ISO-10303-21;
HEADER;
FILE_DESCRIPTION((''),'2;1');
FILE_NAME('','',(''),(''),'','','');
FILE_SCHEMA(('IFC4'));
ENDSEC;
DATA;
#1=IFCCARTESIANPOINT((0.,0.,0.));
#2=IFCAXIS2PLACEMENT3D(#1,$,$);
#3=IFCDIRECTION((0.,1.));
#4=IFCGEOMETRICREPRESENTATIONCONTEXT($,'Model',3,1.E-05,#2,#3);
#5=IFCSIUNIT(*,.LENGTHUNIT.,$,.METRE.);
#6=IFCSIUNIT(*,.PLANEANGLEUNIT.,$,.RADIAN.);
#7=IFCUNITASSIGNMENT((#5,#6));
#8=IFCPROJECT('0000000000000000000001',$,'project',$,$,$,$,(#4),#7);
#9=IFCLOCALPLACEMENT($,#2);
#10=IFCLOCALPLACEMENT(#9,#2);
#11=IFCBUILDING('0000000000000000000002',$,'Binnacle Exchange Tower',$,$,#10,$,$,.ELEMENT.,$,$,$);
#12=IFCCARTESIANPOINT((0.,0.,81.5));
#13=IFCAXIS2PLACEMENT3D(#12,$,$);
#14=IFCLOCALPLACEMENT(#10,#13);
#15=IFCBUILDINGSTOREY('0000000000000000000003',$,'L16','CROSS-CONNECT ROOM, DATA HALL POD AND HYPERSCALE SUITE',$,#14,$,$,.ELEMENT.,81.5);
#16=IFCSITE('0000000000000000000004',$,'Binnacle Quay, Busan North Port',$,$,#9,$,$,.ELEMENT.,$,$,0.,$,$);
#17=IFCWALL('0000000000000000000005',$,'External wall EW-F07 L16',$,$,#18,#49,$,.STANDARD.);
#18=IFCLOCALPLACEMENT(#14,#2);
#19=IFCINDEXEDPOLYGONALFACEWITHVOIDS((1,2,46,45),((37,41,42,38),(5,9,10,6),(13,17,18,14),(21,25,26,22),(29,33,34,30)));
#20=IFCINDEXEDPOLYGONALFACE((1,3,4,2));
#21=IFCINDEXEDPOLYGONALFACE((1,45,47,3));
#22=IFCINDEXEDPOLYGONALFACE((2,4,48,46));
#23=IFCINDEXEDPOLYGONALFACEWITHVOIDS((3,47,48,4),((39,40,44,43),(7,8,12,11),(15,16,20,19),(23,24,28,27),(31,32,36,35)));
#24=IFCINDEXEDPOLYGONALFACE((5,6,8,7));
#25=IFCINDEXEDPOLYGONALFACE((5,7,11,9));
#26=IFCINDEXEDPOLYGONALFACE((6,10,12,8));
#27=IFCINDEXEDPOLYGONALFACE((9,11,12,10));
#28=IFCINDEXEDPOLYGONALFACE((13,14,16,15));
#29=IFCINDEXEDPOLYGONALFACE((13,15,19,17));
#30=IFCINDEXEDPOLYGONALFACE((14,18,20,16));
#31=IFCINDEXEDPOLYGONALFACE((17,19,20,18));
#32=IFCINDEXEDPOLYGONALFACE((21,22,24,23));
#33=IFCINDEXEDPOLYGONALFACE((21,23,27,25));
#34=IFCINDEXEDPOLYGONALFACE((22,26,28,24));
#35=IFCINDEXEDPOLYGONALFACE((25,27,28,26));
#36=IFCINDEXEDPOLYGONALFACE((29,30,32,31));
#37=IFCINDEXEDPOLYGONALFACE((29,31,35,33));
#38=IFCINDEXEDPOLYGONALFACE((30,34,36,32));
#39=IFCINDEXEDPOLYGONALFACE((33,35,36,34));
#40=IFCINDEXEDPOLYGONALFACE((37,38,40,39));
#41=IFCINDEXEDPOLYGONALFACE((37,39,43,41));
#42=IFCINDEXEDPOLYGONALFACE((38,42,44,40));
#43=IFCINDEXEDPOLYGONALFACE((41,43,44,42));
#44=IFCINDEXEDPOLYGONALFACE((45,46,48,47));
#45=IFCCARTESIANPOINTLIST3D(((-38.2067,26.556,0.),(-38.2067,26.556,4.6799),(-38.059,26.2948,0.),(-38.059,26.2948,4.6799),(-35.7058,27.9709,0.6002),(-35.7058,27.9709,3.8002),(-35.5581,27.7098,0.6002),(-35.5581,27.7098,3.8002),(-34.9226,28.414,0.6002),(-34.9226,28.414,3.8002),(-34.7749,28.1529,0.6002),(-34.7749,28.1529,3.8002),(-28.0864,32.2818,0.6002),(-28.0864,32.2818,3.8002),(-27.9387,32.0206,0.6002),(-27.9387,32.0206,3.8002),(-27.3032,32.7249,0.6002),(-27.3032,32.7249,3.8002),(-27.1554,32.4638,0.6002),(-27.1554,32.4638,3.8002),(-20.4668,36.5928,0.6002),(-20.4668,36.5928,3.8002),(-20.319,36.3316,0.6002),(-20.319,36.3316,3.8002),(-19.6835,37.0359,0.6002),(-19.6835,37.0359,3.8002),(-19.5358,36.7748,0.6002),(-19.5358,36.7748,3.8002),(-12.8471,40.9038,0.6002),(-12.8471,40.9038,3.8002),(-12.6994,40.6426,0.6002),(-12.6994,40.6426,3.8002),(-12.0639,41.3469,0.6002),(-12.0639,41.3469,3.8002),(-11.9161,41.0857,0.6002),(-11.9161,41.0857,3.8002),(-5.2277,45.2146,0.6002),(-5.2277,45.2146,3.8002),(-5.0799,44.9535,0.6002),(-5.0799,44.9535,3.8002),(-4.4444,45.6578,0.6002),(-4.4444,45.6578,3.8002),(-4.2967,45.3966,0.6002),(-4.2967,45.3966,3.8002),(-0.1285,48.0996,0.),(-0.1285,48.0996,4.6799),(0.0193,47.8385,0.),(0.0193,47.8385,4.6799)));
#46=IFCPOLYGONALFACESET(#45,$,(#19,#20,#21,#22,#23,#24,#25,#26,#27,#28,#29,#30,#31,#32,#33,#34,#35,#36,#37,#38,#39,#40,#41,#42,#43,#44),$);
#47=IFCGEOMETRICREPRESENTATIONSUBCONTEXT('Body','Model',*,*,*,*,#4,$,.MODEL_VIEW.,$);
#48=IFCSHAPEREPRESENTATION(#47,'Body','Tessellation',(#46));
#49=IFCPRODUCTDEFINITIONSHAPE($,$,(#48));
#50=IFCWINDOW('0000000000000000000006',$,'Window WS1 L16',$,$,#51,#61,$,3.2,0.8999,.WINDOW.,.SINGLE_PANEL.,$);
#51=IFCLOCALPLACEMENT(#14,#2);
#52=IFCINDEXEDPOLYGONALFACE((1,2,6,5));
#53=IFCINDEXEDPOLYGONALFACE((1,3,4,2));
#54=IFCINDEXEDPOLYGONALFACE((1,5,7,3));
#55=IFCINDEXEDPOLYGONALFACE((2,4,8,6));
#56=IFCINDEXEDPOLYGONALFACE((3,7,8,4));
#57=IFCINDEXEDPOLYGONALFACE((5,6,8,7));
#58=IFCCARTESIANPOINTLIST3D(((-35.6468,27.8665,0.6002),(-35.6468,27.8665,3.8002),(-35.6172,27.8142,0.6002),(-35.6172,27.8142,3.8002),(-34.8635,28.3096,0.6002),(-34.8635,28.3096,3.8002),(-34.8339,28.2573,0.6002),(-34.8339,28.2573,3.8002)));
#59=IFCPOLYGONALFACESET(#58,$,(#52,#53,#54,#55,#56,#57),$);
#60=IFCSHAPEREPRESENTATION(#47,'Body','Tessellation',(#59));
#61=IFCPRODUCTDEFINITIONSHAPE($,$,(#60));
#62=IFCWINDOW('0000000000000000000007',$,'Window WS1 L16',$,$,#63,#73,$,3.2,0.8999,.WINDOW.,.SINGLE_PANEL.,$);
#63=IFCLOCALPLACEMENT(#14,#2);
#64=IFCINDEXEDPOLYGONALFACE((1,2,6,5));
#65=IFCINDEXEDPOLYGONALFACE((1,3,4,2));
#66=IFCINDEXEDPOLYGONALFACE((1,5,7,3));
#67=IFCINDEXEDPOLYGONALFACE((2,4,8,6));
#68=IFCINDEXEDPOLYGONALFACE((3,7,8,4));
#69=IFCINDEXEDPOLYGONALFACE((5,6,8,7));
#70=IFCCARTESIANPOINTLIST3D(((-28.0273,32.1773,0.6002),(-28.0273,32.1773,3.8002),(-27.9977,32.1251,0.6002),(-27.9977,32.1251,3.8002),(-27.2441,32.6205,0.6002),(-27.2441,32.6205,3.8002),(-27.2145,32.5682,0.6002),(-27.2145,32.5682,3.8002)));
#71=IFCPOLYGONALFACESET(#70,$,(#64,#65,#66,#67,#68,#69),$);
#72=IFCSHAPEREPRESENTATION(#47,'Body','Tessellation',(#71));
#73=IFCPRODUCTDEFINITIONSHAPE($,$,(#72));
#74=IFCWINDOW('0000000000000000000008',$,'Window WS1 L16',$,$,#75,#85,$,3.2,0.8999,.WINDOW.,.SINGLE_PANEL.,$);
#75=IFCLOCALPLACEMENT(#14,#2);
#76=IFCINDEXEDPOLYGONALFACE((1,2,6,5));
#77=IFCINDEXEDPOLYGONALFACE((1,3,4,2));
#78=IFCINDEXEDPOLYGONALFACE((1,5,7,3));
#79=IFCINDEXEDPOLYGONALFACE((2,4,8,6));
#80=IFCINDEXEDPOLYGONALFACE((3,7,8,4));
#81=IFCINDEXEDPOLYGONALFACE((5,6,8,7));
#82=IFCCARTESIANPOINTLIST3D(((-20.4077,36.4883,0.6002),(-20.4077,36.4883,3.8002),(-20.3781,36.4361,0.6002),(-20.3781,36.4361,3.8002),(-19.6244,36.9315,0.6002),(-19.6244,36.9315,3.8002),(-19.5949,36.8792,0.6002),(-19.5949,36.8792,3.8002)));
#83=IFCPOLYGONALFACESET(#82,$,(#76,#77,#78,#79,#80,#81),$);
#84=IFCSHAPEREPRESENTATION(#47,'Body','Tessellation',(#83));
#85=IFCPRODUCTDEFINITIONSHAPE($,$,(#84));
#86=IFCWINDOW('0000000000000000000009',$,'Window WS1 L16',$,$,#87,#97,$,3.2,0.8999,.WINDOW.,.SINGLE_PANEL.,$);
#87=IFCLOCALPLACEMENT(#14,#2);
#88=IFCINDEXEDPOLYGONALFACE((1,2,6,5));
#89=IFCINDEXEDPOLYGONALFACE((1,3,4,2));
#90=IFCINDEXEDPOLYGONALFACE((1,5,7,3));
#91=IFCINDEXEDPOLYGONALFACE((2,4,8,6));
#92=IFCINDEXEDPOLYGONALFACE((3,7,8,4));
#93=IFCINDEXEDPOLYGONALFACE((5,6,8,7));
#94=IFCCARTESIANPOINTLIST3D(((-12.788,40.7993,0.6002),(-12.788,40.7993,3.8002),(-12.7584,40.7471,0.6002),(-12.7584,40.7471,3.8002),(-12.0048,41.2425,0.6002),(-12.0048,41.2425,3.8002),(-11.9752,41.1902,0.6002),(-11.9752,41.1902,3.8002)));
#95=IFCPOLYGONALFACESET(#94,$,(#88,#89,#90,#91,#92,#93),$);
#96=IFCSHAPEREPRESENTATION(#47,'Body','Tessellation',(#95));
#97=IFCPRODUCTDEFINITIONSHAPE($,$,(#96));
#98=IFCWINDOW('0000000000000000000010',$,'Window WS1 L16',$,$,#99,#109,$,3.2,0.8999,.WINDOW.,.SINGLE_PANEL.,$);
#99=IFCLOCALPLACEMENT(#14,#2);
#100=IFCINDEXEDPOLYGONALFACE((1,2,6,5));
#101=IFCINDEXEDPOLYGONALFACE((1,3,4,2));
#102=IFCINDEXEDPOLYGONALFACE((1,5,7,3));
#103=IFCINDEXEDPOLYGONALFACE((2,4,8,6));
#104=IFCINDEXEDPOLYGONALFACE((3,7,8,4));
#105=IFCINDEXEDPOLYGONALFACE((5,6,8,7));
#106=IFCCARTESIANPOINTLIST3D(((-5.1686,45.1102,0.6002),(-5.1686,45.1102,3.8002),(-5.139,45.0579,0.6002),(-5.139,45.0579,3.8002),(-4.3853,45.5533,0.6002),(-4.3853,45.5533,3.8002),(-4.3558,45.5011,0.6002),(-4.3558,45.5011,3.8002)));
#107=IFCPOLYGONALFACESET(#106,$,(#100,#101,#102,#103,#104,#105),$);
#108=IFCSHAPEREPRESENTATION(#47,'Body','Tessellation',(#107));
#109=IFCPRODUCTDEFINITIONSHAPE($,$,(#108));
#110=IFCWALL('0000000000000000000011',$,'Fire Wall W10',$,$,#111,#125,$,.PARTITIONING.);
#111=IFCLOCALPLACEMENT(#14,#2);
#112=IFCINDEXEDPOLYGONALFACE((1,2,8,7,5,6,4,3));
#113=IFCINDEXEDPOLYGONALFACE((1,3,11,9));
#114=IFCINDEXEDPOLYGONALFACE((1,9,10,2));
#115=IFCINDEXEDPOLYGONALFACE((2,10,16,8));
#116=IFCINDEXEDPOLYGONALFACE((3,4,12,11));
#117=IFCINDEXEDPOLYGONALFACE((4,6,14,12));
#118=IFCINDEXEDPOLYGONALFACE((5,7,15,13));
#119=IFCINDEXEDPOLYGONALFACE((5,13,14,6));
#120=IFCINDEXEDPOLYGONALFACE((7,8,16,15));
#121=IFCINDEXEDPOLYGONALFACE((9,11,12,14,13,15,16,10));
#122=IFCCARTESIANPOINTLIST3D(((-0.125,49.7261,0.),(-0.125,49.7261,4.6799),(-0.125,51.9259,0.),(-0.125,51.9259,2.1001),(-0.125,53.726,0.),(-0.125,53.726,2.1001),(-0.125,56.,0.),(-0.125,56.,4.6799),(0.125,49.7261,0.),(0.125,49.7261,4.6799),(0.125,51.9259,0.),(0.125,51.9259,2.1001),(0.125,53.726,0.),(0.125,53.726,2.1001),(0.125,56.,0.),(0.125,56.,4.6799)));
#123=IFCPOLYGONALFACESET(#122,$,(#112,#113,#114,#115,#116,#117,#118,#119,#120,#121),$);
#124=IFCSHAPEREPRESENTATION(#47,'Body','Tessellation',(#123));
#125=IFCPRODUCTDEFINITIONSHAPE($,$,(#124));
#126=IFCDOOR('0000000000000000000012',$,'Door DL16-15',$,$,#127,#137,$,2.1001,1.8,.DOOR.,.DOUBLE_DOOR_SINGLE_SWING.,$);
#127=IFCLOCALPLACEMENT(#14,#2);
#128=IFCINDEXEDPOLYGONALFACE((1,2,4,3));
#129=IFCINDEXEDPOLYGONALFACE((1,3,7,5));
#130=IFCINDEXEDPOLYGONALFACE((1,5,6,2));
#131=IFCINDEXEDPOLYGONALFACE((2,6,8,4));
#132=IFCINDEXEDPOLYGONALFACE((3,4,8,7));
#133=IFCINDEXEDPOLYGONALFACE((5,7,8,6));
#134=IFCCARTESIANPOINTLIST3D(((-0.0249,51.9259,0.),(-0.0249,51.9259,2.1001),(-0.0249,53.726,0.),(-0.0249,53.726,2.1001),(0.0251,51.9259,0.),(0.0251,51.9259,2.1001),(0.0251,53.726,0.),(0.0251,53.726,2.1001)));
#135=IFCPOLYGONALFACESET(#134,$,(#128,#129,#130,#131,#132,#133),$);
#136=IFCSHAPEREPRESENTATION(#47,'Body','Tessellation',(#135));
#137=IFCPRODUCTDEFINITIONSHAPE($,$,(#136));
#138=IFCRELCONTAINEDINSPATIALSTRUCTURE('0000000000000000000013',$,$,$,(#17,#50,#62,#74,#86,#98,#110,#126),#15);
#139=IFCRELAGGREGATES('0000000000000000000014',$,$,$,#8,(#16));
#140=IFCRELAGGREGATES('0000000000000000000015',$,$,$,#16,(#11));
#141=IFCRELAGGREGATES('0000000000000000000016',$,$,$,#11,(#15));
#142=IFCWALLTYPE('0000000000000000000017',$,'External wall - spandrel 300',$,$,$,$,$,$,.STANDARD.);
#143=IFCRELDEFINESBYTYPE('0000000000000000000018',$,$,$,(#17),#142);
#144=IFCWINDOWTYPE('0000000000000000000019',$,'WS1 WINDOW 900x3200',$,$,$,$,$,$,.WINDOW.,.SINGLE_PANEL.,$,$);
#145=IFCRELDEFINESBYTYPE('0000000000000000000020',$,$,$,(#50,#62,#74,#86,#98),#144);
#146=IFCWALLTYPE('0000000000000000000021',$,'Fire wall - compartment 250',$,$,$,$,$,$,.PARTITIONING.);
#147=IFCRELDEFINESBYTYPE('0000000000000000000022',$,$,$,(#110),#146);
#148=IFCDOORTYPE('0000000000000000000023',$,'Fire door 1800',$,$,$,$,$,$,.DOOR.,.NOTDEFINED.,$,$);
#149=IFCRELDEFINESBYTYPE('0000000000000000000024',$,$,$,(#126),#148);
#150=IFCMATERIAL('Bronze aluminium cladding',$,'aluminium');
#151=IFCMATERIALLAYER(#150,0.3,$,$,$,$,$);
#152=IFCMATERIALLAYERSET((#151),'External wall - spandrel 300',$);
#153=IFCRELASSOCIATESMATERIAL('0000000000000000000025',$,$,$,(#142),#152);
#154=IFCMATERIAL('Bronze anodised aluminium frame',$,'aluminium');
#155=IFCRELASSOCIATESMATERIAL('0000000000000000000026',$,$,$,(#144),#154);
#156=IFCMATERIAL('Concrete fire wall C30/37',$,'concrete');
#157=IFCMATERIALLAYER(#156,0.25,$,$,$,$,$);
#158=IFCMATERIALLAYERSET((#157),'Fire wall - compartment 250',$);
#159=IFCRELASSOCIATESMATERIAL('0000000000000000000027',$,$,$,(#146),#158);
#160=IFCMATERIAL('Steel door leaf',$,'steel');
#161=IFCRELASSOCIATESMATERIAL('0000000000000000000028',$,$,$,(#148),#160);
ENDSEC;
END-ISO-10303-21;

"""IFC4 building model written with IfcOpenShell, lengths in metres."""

from ifc_helpers import new_model, si_unit, direction, frame, frame_2d, origin, place, context, subcontext, project, spatial, rectangle, extrude, material, layer, layer_set, type_object, element, fill, save


model = new_model("IFC4")

# Units and contexts
model_context = context("Model", 3, precision=1e-05, world=origin(), true_north=direction((0.0, 1.0)))
body_context = subcontext(model_context, "Body", "Model", "MODEL_VIEW")
ifc_project = project(units=[si_unit("LENGTHUNIT", "METRE"), si_unit("PLANEANGLEUNIT", "RADIAN")], contexts=[model_context])

# Site, building, storey
site_placement = place(None, origin())
site = spatial("IfcSite", under=ifc_project, at=site_placement, Name="Binnacle Quay, Busan North Port", CompositionType="ELEMENT", RefElevation=0.0)
building_placement = place(site_placement, origin())
building = spatial("IfcBuilding", under=site, at=building_placement, Name="Binnacle Exchange Tower", CompositionType="ELEMENT")
storey_placement = place(building_placement, frame((0.0, 0.0, 81.5)))
storey = spatial("IfcBuildingStorey", under=building, at=storey_placement, Name="L16", Description="CROSS-CONNECT ROOM, DATA HALL POD AND HYPERSCALE SUITE", CompositionType="ELEMENT", Elevation=81.5)

# Wall, openings, windows
ifc_material_1 = material(Name="Bronze aluminium cladding", Category="aluminium")
ifc_layer_1 = layer(ifc_material_1, 0.3)
ifc_layer_set_1 = layer_set([ifc_layer_1], Name="External wall - spandrel 300")
wall_type_1 = type_object("IfcWallType", Name="External wall - spandrel 300", PredefinedType="STANDARD", material=ifc_layer_set_1)
wall_1_placement = place(storey_placement, frame((-0.0547, 47.969, 0.0), z_axis=(0.0, 0.0, 1.0), x_axis=(-0.870356, -0.492423, 0.0)))
wall_1 = element("IfcWall", 1, at=wall_1_placement, inside=storey, type_object=wall_type_1, Name="External wall EW-F07 L16", PredefinedType="STANDARD", context=body_context, shape_type="SweptSolid", body=[
    extrude(rectangle(XDim=43.7502, YDim=0.3, at=frame_2d((21.875, 0.0))), origin(), (0.0, 0.0, 1.0), 4.6799),
])
opening_1_placement = place(wall_1_placement, frame((39.9768, 0.0, 0.6001)))
opening_1 = element("IfcOpeningElement", 2, at=opening_1_placement, cuts=wall_1, PredefinedType="OPENING", context=body_context, shape_type="SweptSolid", body=[
    extrude(rectangle(XDim=0.8999, YDim=3.2, at=frame_2d((0.45, 1.6001))), frame((0.0, 0.1599, 0.0), z_axis=(0.0, -1.0, 0.0), x_axis=(1.0, 0.0, 0.0)), (0.0, 0.0, 1.0), 0.3201),
])
opening_2_placement = place(wall_1_placement, frame((31.2224, 0.0, 0.6001)))
opening_2 = element("IfcOpeningElement", 3, at=opening_2_placement, cuts=wall_1, PredefinedType="OPENING", context=body_context, shape_type="SweptSolid", body=[
    extrude(rectangle(XDim=0.8999, YDim=3.2, at=frame_2d((0.45, 1.6001))), frame((0.0, 0.1599, 0.0), z_axis=(0.0, -1.0, 0.0), x_axis=(1.0, 0.0, 0.0)), (0.0, 0.0, 1.0), 0.3201),
])
opening_3_placement = place(wall_1_placement, frame((22.4678, 0.0, 0.6001)))
opening_3 = element("IfcOpeningElement", 4, at=opening_3_placement, cuts=wall_1, PredefinedType="OPENING", context=body_context, shape_type="SweptSolid", body=[
    extrude(rectangle(XDim=0.8999, YDim=3.2, at=frame_2d((0.45, 1.6001))), frame((0.0, 0.1599, 0.0), z_axis=(0.0, -1.0, 0.0), x_axis=(1.0, 0.0, 0.0)), (0.0, 0.0, 1.0), 0.3201),
])
opening_4_placement = place(wall_1_placement, frame((13.7131, 0.0, 0.6001)))
opening_4 = element("IfcOpeningElement", 5, at=opening_4_placement, cuts=wall_1, PredefinedType="OPENING", context=body_context, shape_type="SweptSolid", body=[
    extrude(rectangle(XDim=0.8999, YDim=3.2, at=frame_2d((0.45, 1.6001))), frame((0.0, 0.1599, 0.0), z_axis=(0.0, -1.0, 0.0), x_axis=(1.0, 0.0, 0.0)), (0.0, 0.0, 1.0), 0.3201),
])
opening_5_placement = place(wall_1_placement, frame((4.9587, 0.0, 0.6001)))
opening_5 = element("IfcOpeningElement", 6, at=opening_5_placement, cuts=wall_1, PredefinedType="OPENING", context=body_context, shape_type="SweptSolid", body=[
    extrude(rectangle(XDim=0.8999, YDim=3.2, at=frame_2d((0.45, 1.6001))), frame((0.0, 0.1599, 0.0), z_axis=(0.0, -1.0, 0.0), x_axis=(1.0, 0.0, 0.0)), (0.0, 0.0, 1.0), 0.3201),
])
ifc_material_2 = material(Name="Bronze anodised aluminium frame", Category="aluminium")
window_type = type_object("IfcWindowType", Name="WS1 WINDOW 900x3200", PartitioningType="SINGLE_PANEL", PredefinedType="WINDOW", material=ifc_material_2)
window_1_placement = place(opening_1_placement, origin())
window_1 = element("IfcWindow", 7, at=window_1_placement, inside=storey, type_object=window_type, Name="Window WS1 L16", OverallHeight=3.2, OverallWidth=0.8999, PartitioningType="SINGLE_PANEL", PredefinedType="WINDOW", context=body_context, shape_type="SweptSolid", body=[
    extrude(rectangle(XDim=0.8999, YDim=3.2, at=frame_2d((0.45, 1.6001))), frame((0.0, 0.03, 0.0), z_axis=(0.0, -1.0, 0.0), x_axis=(1.0, 0.0, 0.0)), (0.0, 0.0, 1.0), 0.0601),
])
fill(opening_1, window_1)
window_2_placement = place(opening_2_placement, origin())
window_2 = element("IfcWindow", 8, at=window_2_placement, inside=storey, type_object=window_type, Name="Window WS1 L16", OverallHeight=3.2, OverallWidth=0.8999, PartitioningType="SINGLE_PANEL", PredefinedType="WINDOW", context=body_context, shape_type="SweptSolid", body=[
    extrude(rectangle(XDim=0.8999, YDim=3.2, at=frame_2d((0.45, 1.6001))), frame((0.0, 0.03, 0.0), z_axis=(0.0, -1.0, 0.0), x_axis=(1.0, 0.0, 0.0)), (0.0, 0.0, 1.0), 0.0601),
])
fill(opening_2, window_2)
window_3_placement = place(opening_3_placement, origin())
window_3 = element("IfcWindow", 9, at=window_3_placement, inside=storey, type_object=window_type, Name="Window WS1 L16", OverallHeight=3.2, OverallWidth=0.8999, PartitioningType="SINGLE_PANEL", PredefinedType="WINDOW", context=body_context, shape_type="SweptSolid", body=[
    extrude(rectangle(XDim=0.8999, YDim=3.2, at=frame_2d((0.45, 1.6001))), frame((0.0, 0.03, 0.0), z_axis=(0.0, -1.0, 0.0), x_axis=(1.0, 0.0, 0.0)), (0.0, 0.0, 1.0), 0.0601),
])
fill(opening_3, window_3)
window_4_placement = place(opening_4_placement, origin())
window_4 = element("IfcWindow", 10, at=window_4_placement, inside=storey, type_object=window_type, Name="Window WS1 L16", OverallHeight=3.2, OverallWidth=0.8999, PartitioningType="SINGLE_PANEL", PredefinedType="WINDOW", context=body_context, shape_type="SweptSolid", body=[
    extrude(rectangle(XDim=0.8999, YDim=3.2, at=frame_2d((0.45, 1.6001))), frame((0.0, 0.03, 0.0), z_axis=(0.0, -1.0, 0.0), x_axis=(1.0, 0.0, 0.0)), (0.0, 0.0, 1.0), 0.0601),
])
fill(opening_4, window_4)
window_5_placement = place(opening_5_placement, origin())
window_5 = element("IfcWindow", 11, at=window_5_placement, inside=storey, type_object=window_type, Name="Window WS1 L16", OverallHeight=3.2, OverallWidth=0.8999, PartitioningType="SINGLE_PANEL", PredefinedType="WINDOW", context=body_context, shape_type="SweptSolid", body=[
    extrude(rectangle(XDim=0.8999, YDim=3.2, at=frame_2d((0.45, 1.6001))), frame((0.0, 0.03, 0.0), z_axis=(0.0, -1.0, 0.0), x_axis=(1.0, 0.0, 0.0)), (0.0, 0.0, 1.0), 0.0601),
])
fill(opening_5, window_5)

# Wall, opening, door
ifc_material_3 = material(Name="Concrete fire wall C30/37", Category="concrete")
ifc_layer_2 = layer(ifc_material_3, 0.25)
ifc_layer_set_2 = layer_set([ifc_layer_2], Name="Fire wall - compartment 250")
wall_type_2 = type_object("IfcWallType", Name="Fire wall - compartment 250", PredefinedType="PARTITIONING", material=ifc_layer_set_2)
wall_2_placement = place(storey_placement, frame((0.0, 49.7261, 0.0), z_axis=(0.0, 0.0, 1.0), x_axis=(0.0, 1.0, 0.0)))
wall_2 = element("IfcWall", 12, at=wall_2_placement, inside=storey, type_object=wall_type_2, Name="Fire Wall W10", PredefinedType="PARTITIONING", context=body_context, shape_type="SweptSolid", body=[
    extrude(rectangle(XDim=6.2739, YDim=0.25, at=frame_2d((3.137, 0.0))), origin(), (0.0, 0.0, 1.0), 4.6799),
])
opening_6_placement = place(wall_2_placement, frame((2.2, 0.0, 0.0)))
opening_6 = element("IfcOpeningElement", 13, at=opening_6_placement, cuts=wall_2, PredefinedType="OPENING", context=body_context, shape_type="SweptSolid", body=[
    extrude(rectangle(XDim=1.8, YDim=2.1001, at=frame_2d((0.8999, 1.05))), frame((0.0, 0.135, 0.0), z_axis=(0.0, -1.0, 0.0), x_axis=(1.0, 0.0, 0.0)), (0.0, 0.0, 1.0), 0.27),
])
ifc_material_4 = material(Name="Steel door leaf", Category="steel")
door_type_1 = type_object("IfcDoorType", Name="Fire door 1800", OperationType="NOTDEFINED", PredefinedType="DOOR", material=ifc_material_4)
door_1_placement = place(opening_6_placement, origin())
door_1 = element("IfcDoor", 14, at=door_1_placement, inside=storey, type_object=door_type_1, Name="Door DL16-15", OperationType="DOUBLE_DOOR_SINGLE_SWING", OverallHeight=2.1001, OverallWidth=1.8, PredefinedType="DOOR", context=body_context, shape_type="SweptSolid", body=[
    extrude(rectangle(XDim=1.8, YDim=2.1001, at=frame_2d((0.8999, 1.05))), frame((0.0, 0.0249, 0.0), z_axis=(0.0, -1.0, 0.0), x_axis=(1.0, 0.0, 0.0)), (0.0, 0.0, 1.0), 0.05),
])
fill(opening_6, door_1)

save(model, "model.ifc")
